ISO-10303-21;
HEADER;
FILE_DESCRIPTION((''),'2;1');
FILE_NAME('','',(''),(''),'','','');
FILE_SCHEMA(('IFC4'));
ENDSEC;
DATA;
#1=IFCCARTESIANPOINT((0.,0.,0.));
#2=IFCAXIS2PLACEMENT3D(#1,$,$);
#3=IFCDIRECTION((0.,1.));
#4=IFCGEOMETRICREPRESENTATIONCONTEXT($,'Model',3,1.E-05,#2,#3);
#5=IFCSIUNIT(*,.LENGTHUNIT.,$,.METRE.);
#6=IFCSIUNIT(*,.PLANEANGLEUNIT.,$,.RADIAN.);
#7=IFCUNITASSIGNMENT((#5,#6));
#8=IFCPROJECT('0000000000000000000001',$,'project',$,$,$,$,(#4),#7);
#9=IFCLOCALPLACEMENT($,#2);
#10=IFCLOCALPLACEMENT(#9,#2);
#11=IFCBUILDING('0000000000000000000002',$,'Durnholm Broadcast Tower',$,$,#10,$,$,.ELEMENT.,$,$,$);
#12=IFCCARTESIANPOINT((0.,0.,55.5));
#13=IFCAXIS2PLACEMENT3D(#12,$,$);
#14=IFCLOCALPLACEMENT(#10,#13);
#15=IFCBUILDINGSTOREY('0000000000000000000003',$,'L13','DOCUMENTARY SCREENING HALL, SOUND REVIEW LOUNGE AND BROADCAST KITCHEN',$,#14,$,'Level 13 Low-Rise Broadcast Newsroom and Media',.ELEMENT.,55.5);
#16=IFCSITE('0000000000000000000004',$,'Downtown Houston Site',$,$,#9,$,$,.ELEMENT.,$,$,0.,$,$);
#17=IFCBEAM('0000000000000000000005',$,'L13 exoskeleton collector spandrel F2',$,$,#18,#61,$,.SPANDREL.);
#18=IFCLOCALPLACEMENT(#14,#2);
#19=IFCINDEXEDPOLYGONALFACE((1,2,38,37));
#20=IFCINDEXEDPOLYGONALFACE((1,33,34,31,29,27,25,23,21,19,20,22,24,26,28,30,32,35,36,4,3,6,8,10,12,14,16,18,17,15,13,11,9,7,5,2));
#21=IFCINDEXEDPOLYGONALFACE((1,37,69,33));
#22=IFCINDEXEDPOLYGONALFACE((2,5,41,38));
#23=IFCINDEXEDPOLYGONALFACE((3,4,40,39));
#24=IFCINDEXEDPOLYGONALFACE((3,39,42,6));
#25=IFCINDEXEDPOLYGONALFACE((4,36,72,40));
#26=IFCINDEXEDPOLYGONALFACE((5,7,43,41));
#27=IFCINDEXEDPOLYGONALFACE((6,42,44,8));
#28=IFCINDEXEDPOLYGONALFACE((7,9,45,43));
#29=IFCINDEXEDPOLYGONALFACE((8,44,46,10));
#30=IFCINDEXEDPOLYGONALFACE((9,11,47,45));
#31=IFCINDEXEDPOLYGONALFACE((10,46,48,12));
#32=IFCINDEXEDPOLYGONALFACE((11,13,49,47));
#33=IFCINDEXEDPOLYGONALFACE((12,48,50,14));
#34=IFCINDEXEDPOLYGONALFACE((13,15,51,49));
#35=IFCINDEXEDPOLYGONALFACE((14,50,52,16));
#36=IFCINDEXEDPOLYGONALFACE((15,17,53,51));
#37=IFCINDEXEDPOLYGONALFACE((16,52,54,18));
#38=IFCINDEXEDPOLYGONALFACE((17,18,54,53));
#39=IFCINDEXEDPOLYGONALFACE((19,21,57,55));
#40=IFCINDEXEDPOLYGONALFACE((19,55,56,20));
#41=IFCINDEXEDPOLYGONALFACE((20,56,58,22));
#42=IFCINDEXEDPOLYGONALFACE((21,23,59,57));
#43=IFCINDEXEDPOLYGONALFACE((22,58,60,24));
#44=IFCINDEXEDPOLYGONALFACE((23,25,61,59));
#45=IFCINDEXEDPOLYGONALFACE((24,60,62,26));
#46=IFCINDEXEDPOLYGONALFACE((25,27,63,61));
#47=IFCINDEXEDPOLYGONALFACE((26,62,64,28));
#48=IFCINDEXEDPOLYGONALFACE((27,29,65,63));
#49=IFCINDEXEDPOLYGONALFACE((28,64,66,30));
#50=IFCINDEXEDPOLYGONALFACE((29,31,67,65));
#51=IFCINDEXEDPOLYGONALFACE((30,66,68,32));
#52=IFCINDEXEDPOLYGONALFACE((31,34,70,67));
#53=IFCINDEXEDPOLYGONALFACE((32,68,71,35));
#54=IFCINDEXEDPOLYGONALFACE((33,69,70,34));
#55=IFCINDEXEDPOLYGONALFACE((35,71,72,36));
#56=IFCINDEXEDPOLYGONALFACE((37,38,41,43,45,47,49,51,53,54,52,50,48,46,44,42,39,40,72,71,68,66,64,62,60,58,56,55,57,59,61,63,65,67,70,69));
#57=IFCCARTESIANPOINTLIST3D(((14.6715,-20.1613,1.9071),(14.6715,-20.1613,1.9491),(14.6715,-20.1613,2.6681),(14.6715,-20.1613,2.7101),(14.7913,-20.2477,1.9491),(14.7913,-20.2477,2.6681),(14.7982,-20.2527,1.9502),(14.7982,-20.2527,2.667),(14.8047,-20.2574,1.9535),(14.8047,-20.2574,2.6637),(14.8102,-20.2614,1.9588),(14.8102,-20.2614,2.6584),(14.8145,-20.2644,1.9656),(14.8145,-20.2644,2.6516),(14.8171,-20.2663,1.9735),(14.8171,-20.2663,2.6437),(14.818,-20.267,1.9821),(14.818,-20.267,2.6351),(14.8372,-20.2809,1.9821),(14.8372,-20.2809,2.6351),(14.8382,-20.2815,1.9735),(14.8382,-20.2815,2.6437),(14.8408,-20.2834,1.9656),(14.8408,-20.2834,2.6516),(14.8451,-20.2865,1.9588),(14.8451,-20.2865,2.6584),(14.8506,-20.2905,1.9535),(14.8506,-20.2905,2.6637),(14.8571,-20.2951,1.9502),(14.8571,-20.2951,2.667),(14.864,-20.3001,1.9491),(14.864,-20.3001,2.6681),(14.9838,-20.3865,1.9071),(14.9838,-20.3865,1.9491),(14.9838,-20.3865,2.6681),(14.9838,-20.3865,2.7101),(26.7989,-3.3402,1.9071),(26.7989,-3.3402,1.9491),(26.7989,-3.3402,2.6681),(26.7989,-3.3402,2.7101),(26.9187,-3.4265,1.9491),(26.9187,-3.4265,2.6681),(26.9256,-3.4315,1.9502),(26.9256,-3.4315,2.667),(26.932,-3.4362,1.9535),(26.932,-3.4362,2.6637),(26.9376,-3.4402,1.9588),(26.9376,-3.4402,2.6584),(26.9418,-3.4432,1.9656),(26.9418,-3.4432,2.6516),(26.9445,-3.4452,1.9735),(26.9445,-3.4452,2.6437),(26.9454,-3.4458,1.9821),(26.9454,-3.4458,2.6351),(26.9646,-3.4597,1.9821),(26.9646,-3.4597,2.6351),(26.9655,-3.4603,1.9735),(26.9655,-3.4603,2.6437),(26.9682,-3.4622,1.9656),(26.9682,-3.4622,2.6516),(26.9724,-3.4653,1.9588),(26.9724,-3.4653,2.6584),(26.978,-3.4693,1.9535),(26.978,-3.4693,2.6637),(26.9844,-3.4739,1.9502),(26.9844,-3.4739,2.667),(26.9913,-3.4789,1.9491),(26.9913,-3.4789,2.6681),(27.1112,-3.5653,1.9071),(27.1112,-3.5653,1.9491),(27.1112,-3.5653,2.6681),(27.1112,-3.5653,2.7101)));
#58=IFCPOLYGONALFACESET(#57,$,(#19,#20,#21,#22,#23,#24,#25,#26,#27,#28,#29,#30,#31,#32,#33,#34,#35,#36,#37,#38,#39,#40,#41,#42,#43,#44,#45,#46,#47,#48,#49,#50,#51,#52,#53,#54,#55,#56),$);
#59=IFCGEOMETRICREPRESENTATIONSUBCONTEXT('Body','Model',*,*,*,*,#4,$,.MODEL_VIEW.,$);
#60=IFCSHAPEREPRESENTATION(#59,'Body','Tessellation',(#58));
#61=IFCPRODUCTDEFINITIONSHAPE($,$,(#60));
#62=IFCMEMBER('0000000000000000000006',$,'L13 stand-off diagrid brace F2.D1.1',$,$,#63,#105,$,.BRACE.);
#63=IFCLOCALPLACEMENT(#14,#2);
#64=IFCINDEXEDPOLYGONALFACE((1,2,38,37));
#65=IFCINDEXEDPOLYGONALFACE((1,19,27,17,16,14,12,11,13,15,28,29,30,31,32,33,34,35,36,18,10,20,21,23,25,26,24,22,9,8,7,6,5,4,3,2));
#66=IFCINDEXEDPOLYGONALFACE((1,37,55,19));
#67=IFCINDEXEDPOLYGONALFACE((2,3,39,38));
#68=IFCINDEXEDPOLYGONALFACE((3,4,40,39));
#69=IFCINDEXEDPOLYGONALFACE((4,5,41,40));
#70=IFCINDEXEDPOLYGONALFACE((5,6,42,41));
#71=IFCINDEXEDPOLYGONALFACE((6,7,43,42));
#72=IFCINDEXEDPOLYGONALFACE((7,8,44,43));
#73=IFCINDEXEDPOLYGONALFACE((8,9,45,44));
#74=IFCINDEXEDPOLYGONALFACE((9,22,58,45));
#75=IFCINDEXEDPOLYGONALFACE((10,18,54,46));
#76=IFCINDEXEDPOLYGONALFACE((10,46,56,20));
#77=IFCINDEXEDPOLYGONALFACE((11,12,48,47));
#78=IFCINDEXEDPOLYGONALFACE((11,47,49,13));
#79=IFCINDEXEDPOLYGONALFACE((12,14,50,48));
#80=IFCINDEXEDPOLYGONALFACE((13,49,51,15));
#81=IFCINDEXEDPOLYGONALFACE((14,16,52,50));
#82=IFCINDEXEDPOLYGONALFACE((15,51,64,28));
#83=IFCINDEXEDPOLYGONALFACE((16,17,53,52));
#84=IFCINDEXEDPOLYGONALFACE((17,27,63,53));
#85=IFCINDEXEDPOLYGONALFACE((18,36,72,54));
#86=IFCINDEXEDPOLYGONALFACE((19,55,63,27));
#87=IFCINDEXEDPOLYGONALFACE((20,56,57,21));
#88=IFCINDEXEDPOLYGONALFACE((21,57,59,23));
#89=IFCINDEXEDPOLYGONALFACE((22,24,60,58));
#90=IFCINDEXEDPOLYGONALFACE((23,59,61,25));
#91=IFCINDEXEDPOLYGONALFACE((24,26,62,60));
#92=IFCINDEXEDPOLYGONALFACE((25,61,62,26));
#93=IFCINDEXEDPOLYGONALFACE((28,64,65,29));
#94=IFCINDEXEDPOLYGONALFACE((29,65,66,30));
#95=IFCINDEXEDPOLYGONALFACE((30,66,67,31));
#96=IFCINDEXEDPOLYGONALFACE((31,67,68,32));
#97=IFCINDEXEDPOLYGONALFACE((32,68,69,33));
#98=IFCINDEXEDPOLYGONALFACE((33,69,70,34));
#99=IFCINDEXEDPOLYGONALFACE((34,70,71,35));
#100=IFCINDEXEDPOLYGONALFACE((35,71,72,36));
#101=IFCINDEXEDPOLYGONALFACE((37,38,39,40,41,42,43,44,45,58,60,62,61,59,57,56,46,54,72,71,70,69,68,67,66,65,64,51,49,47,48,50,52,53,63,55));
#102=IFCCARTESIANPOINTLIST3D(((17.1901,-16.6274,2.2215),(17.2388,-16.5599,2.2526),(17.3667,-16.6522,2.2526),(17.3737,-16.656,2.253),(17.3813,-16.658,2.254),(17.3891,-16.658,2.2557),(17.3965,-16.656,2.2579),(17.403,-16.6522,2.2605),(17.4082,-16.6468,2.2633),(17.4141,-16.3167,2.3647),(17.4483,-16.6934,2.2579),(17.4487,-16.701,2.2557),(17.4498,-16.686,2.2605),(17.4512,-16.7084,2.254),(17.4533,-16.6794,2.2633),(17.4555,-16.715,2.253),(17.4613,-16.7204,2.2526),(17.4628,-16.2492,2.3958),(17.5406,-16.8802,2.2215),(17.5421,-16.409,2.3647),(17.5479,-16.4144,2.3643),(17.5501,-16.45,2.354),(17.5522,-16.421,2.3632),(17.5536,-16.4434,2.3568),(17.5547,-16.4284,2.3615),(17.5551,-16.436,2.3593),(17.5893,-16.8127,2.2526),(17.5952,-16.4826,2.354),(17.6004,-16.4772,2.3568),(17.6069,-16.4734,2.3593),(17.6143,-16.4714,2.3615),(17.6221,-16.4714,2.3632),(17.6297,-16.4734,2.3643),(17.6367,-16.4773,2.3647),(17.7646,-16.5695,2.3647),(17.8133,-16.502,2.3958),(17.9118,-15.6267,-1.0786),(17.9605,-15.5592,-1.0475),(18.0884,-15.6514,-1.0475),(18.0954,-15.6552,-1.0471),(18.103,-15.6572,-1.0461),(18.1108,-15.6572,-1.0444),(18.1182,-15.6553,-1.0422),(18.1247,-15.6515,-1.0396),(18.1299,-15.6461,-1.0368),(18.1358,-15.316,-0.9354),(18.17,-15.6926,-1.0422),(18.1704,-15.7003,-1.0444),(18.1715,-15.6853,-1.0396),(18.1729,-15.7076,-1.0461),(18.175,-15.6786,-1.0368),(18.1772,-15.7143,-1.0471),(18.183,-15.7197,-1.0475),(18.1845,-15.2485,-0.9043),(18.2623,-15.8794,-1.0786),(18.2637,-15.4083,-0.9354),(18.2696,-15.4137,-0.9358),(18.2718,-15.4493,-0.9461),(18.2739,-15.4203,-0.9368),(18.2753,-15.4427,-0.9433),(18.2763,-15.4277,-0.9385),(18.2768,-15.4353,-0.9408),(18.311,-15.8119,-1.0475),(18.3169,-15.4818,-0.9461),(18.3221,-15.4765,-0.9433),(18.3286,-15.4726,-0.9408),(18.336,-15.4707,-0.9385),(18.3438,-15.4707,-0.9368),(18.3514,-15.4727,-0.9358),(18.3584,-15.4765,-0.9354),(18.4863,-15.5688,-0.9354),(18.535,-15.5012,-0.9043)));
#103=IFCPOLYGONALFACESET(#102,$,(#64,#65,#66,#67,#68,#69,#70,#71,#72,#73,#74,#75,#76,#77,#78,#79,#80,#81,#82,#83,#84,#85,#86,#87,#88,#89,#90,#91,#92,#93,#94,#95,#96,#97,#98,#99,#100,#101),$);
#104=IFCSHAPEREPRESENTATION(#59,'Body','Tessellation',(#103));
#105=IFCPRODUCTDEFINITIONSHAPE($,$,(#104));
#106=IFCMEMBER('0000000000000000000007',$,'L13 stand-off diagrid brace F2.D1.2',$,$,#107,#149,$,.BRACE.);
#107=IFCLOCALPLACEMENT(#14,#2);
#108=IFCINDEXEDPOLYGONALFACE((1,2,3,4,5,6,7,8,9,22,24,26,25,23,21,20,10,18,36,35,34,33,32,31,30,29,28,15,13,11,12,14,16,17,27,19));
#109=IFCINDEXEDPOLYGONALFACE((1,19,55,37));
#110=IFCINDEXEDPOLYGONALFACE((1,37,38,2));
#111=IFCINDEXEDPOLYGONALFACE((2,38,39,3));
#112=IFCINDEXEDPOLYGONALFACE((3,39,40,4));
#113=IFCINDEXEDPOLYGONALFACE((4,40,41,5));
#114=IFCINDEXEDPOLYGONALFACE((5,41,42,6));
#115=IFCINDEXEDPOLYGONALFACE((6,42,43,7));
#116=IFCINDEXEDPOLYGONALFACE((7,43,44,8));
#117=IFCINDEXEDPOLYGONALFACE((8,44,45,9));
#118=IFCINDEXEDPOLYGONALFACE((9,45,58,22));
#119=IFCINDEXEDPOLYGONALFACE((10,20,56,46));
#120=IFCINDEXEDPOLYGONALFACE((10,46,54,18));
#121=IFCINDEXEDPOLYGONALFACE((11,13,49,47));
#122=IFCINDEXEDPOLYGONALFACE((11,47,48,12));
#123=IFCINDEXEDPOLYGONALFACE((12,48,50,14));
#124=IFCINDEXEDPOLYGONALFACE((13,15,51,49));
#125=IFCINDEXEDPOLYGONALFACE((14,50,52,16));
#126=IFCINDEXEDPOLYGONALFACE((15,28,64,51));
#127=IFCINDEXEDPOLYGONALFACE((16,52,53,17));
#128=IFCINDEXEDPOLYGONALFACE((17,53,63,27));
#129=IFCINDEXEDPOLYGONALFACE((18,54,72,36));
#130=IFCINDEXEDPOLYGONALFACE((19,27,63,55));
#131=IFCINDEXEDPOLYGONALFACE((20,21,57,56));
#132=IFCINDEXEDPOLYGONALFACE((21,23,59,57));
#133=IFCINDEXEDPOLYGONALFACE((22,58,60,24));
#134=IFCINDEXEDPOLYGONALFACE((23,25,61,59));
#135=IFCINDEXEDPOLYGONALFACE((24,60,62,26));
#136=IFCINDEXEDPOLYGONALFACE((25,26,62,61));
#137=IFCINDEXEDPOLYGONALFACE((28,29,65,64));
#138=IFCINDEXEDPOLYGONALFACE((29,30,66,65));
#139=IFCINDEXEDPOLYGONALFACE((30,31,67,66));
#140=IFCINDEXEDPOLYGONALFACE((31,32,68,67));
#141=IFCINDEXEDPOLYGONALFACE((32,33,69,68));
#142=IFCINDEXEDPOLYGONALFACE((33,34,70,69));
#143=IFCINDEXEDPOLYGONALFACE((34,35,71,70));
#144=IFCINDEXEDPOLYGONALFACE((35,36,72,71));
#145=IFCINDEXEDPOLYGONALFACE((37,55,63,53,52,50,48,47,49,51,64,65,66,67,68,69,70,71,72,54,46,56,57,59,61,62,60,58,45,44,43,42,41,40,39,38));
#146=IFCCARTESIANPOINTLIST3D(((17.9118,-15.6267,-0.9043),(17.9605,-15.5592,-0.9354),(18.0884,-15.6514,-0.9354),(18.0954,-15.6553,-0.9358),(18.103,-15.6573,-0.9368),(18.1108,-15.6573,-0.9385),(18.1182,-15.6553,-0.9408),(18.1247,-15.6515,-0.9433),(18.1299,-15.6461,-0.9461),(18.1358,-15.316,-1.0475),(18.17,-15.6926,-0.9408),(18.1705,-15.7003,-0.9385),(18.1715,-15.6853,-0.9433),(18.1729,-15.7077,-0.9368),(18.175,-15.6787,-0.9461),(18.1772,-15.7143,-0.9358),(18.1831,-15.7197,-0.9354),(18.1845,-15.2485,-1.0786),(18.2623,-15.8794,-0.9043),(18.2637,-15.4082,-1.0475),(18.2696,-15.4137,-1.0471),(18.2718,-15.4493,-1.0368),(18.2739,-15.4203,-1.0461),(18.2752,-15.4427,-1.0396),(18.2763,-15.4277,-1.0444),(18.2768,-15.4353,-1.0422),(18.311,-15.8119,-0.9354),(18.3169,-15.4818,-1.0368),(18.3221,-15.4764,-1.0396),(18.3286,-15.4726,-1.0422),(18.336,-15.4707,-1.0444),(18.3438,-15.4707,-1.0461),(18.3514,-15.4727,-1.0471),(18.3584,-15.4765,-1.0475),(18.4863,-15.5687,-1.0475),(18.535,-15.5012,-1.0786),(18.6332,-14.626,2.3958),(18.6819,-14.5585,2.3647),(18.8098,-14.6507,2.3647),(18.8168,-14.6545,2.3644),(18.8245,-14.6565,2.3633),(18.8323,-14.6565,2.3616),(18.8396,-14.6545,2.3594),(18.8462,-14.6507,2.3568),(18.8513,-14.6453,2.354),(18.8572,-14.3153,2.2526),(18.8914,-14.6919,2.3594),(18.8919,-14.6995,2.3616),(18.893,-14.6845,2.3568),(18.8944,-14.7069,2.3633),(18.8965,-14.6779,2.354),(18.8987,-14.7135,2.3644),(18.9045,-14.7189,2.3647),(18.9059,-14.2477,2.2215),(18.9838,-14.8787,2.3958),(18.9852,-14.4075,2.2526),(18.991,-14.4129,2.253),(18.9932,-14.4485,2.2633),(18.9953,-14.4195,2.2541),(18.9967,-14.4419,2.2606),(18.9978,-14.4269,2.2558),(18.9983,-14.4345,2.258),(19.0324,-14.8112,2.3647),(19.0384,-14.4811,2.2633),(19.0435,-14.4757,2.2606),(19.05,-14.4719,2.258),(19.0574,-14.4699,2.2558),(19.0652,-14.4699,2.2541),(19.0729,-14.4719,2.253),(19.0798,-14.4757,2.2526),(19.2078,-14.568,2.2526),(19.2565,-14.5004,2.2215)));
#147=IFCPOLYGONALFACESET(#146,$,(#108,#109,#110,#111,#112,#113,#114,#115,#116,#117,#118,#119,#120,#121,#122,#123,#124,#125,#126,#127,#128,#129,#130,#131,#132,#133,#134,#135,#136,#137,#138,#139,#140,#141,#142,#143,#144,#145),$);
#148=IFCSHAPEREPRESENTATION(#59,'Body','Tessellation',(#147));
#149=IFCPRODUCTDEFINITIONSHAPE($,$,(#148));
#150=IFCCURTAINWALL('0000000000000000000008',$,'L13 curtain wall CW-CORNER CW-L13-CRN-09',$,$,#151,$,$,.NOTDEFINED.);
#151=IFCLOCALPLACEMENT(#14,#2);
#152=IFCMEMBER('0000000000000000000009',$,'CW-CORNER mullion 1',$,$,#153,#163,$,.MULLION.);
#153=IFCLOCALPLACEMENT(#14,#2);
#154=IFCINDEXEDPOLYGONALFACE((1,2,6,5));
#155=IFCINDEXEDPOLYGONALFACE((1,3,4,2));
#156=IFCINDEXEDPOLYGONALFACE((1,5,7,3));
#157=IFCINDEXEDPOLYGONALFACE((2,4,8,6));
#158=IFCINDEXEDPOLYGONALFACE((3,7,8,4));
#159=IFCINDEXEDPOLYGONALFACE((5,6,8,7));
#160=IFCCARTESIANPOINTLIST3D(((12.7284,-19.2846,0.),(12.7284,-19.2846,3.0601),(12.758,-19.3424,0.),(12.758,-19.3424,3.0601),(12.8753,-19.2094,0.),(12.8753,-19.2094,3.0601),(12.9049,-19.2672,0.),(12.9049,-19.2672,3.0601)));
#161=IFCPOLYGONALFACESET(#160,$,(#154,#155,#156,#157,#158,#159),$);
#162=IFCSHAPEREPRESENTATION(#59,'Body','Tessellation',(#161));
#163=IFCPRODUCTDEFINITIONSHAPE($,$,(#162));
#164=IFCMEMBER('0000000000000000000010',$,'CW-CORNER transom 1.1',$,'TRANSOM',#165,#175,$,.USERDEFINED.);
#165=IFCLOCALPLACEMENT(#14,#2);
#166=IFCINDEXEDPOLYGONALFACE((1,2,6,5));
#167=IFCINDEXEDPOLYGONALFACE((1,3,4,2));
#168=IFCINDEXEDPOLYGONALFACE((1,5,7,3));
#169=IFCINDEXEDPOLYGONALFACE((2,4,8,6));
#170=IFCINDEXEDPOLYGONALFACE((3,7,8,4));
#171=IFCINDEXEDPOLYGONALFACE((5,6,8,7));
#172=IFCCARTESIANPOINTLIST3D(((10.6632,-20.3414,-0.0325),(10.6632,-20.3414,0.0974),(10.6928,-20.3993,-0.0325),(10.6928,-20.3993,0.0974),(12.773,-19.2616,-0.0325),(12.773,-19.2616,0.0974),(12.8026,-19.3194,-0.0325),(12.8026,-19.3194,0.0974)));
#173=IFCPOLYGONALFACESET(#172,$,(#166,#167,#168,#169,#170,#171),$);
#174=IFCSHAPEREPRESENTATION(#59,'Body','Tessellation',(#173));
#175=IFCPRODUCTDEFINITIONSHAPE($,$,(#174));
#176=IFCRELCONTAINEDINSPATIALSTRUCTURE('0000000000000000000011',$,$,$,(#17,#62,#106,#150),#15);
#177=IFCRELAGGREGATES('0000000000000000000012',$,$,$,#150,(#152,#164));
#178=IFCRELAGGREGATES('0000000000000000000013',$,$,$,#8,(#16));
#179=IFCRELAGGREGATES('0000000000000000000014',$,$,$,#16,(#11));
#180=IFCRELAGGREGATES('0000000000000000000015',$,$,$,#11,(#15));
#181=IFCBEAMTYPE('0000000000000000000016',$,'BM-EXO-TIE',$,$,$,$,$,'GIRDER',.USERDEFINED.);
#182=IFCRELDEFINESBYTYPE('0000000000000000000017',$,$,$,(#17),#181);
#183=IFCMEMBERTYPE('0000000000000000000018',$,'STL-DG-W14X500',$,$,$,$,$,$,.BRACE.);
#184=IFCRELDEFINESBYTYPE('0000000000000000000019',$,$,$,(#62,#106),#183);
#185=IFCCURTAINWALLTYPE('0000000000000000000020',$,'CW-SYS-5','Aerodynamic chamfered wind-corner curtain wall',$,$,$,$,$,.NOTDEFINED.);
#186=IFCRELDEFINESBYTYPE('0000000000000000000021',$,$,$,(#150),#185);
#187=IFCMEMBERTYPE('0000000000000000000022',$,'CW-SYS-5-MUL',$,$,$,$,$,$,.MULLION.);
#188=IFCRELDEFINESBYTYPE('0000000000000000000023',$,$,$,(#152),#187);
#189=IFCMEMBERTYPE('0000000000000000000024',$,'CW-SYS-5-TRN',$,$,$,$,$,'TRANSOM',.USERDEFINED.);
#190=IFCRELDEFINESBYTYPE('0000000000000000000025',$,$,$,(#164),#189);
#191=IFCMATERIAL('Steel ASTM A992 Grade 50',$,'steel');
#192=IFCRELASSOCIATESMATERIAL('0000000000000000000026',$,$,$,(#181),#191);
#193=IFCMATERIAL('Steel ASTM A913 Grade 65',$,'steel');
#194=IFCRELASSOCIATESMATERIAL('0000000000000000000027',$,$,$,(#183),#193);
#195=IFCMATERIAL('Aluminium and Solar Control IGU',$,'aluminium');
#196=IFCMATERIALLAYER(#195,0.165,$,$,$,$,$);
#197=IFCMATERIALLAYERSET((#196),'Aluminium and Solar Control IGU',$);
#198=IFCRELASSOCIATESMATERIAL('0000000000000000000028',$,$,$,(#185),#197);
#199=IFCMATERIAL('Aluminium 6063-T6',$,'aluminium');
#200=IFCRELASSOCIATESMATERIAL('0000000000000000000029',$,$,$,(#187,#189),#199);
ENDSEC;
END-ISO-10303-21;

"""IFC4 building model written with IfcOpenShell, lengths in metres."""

from ifc_helpers import new_model, si_unit, direction, frame, origin, origin_2d, place, context, subcontext, project, spatial, rectangle, i_section, extrude, source, transform, mapped, material, layer, layer_set, material_profile, profile_set, type_object, type_shapes, element, aggregate, save


model = new_model("IFC4")

# Units and contexts
model_context = context("Model", 3, precision=1e-05, world=origin(), true_north=direction((0.0, 1.0)))
body_context = subcontext(model_context, "Body", "Model", "MODEL_VIEW")
ifc_project = project(units=[si_unit("LENGTHUNIT", "METRE"), si_unit("PLANEANGLEUNIT", "RADIAN")], contexts=[model_context])

# Site, building, storey
site_placement = place(None, origin())
site = spatial("IfcSite", under=ifc_project, at=site_placement, Name="Downtown Houston Site", CompositionType="ELEMENT", RefElevation=0.0)
building_placement = place(site_placement, origin())
building = spatial("IfcBuilding", under=site, at=building_placement, Name="Durnholm Broadcast Tower", CompositionType="ELEMENT")
storey_placement = place(building_placement, frame((0.0, 0.0, 55.5)))
storey = spatial("IfcBuildingStorey", under=building, at=storey_placement, Name="L13", Description="DOCUMENTARY SCREENING HALL, SOUND REVIEW LOUNGE AND BROADCAST KITCHEN", LongName="Level 13 Low-Rise Broadcast Newsroom and Media", CompositionType="ELEMENT", Elevation=55.5)

# Beam
ifc_material_1 = material(Name="Steel ASTM A992 Grade 50", Category="steel")
ifc_material_profile_1 = material_profile(ifc_material_1, i_section(OverallWidth=0.385, OverallDepth=0.803, WebThickness=0.0237, FlangeThickness=0.042, FilletRadius=0.033, at=origin_2d()), Name="W30X261")
ifc_profile_set_1 = profile_set([ifc_material_profile_1], Name="Steel ASTM A992 Grade 50")
beam_type = type_object("IfcBeamType", Name="BM-EXO-TIE", ElementType="GIRDER", PredefinedType="USERDEFINED", material=ifc_profile_set_1)
shared_shape_1 = source(origin(), body_context, "Body", "SweptSolid", [
    extrude(i_section(OverallWidth=0.385, OverallDepth=0.803, WebThickness=0.0237, FlangeThickness=0.042, FilletRadius=0.033, at=origin_2d()), origin(), (0.0, 0.0, 1.0), 20.7371),
])
type_shapes(beam_type, [shared_shape_1])
beam_placement = place(storey_placement, frame((14.8276, -20.2739, 2.3086), z_axis=(0.584816, 0.811166, 0.0), x_axis=(-0.811166, 0.584816, 0.0)))
element("IfcBeam", 1, at=beam_placement, inside=storey, type_object=beam_type, Name="L13 exoskeleton collector spandrel F2", PredefinedType="SPANDREL", context=body_context, shape_type="MappedRepresentation", body=[
    mapped(shared_shape_1, transform((0.0, 0.0, 0.0), x_axis=(1.0, 0.0, 0.0), y_axis=(0.0, 1.0, 0.0), z_axis=(0.0, 0.0, 1.0), scale=1.0)),
])

# Members
ifc_material_2 = material(Name="Steel ASTM A913 Grade 65", Category="steel")
ifc_material_profile_2 = material_profile(ifc_material_2, i_section(OverallWidth=0.4321, OverallDepth=0.4978, WebThickness=0.0557, FlangeThickness=0.0889, FilletRadius=0.0305, at=origin_2d()), Name="W14X500")
ifc_profile_set_2 = profile_set([ifc_material_profile_2], Name="Steel ASTM A913 Grade 65")
member_type_1 = type_object("IfcMemberType", Name="STL-DG-W14X500", PredefinedType="BRACE", material=ifc_profile_set_2)
shared_shape_2 = source(origin(), body_context, "Body", "SweptSolid", [
    extrude(i_section(OverallWidth=0.4321, OverallDepth=0.4978, WebThickness=0.0557, FlangeThickness=0.0889, FilletRadius=0.0305, at=origin_2d()), origin(), (0.0, 0.0, 1.0), 3.5232),
])
type_shapes(member_type_1, [shared_shape_2])
for number, where, z_axis, x_axis, name in (
    (2, (18.2234, -15.564, -0.9915), (-0.204839, -0.284045, 0.936675), (0.811091, -0.58492, 0.0), "L13 stand-off diagrid brace F2.D1.1"),
    (3, (18.2234, -15.564, -0.9915), (0.204773, 0.284049, 0.936688), (-0.811185, 0.584789, 0.0), "L13 stand-off diagrid brace F2.D1.2"),
):
    element("IfcMember", number, at=place(storey_placement, frame(where, z_axis=z_axis, x_axis=x_axis)), inside=storey, type_object=member_type_1, Name=name, PredefinedType="BRACE", context=body_context, shape_type="MappedRepresentation", body=[
        mapped(shared_shape_2, transform((0.0, 0.0, 0.0), x_axis=(1.0, 0.0, 0.0), y_axis=(0.0, 1.0, 0.0), z_axis=(0.0, 0.0, 1.0), scale=1.0)),
    ])

# Curtain wall, members
ifc_material_3 = material(Name="Aluminium and Solar Control IGU", Category="aluminium")
ifc_layer_1 = layer(ifc_material_3, 0.165)
ifc_layer_set_1 = layer_set([ifc_layer_1], Name="Aluminium and Solar Control IGU")
curtain_wall_type_1 = type_object("IfcCurtainWallType", Name="CW-SYS-5", Description="Aerodynamic chamfered wind-corner curtain wall", PredefinedType="NOTDEFINED", material=ifc_layer_set_1)
curtain_wall_1_placement = place(storey_placement, origin())
curtain_wall_1 = element("IfcCurtainWall", 4, at=curtain_wall_1_placement, inside=storey, type_object=curtain_wall_type_1, Name="L13 curtain wall CW-CORNER CW-L13-CRN-09", PredefinedType="NOTDEFINED")
ifc_material_4 = material(Name="Aluminium 6063-T6", Category="aluminium")
ifc_material_profile_3 = material_profile(ifc_material_4, rectangle(XDim=0.0649, YDim=0.165, at=origin_2d()), Name="CWM65X165")
ifc_profile_set_3 = profile_set([ifc_material_profile_3], Name="Aluminium 6063-T6")
member_type_2 = type_object("IfcMemberType", Name="CW-SYS-5-MUL", PredefinedType="MULLION", material=ifc_profile_set_3)
shared_shape_3 = source(origin(), body_context, "Body", "SweptSolid", [
    extrude(rectangle(XDim=0.0649, YDim=0.165, at=origin_2d()), origin(), (0.0, 0.0, 1.0), 3.0601),
])
type_shapes(member_type_2, [shared_shape_3])
member_1_placement = place(storey_placement, frame((12.8167, -19.2759, 0.0), z_axis=(0.0, 0.0, 1.0), x_axis=(0.455594, -0.890188, 0.0)))
member_1 = element("IfcMember", 5, at=member_1_placement, type_object=member_type_2, Name="CW-CORNER mullion 1", PredefinedType="MULLION", context=body_context, shape_type="MappedRepresentation", body=[
    mapped(shared_shape_3, transform((0.0, 0.0, 0.0), x_axis=(1.0, 0.0, 0.0), y_axis=(0.0, 1.0, 0.0), z_axis=(0.0, 0.0, 1.0), scale=1.0)),
])
ifc_material_profile_4 = material_profile(ifc_material_4, rectangle(XDim=0.0649, YDim=0.1299, at=origin_2d()), Name="CWT65X130")
ifc_profile_set_4 = profile_set([ifc_material_profile_4], Name="Aluminium 6063-T6")
member_type_3 = type_object("IfcMemberType", Name="CW-SYS-5-TRN", ElementType="TRANSOM", PredefinedType="USERDEFINED", material=ifc_profile_set_4)
shared_shape_4 = source(origin(), body_context, "Body", "SweptSolid", [
    extrude(rectangle(XDim=0.0649, YDim=0.1299, at=origin_2d()), origin(), (0.0, 0.0, 1.0), 2.3701),
])
type_shapes(member_type_3, [shared_shape_4])
member_2_placement = place(storey_placement, frame((12.7878, -19.2905, 0.0325), z_axis=(-0.890185, -0.455599, 0.0), x_axis=(0.455599, -0.890185, 0.0)))
member_2 = element("IfcMember", 6, at=member_2_placement, type_object=member_type_3, Name="CW-CORNER transom 1.1", ObjectType="TRANSOM", PredefinedType="USERDEFINED", context=body_context, shape_type="MappedRepresentation", body=[
    mapped(shared_shape_4, transform((0.0, 0.0, 0.0), x_axis=(1.0, 0.0, 0.0), y_axis=(0.0, 1.0, 0.0), z_axis=(0.0, 0.0, 1.0), scale=1.0)),
])
aggregate(curtain_wall_1, [member_1, member_2])

save(model, "model.ifc")
